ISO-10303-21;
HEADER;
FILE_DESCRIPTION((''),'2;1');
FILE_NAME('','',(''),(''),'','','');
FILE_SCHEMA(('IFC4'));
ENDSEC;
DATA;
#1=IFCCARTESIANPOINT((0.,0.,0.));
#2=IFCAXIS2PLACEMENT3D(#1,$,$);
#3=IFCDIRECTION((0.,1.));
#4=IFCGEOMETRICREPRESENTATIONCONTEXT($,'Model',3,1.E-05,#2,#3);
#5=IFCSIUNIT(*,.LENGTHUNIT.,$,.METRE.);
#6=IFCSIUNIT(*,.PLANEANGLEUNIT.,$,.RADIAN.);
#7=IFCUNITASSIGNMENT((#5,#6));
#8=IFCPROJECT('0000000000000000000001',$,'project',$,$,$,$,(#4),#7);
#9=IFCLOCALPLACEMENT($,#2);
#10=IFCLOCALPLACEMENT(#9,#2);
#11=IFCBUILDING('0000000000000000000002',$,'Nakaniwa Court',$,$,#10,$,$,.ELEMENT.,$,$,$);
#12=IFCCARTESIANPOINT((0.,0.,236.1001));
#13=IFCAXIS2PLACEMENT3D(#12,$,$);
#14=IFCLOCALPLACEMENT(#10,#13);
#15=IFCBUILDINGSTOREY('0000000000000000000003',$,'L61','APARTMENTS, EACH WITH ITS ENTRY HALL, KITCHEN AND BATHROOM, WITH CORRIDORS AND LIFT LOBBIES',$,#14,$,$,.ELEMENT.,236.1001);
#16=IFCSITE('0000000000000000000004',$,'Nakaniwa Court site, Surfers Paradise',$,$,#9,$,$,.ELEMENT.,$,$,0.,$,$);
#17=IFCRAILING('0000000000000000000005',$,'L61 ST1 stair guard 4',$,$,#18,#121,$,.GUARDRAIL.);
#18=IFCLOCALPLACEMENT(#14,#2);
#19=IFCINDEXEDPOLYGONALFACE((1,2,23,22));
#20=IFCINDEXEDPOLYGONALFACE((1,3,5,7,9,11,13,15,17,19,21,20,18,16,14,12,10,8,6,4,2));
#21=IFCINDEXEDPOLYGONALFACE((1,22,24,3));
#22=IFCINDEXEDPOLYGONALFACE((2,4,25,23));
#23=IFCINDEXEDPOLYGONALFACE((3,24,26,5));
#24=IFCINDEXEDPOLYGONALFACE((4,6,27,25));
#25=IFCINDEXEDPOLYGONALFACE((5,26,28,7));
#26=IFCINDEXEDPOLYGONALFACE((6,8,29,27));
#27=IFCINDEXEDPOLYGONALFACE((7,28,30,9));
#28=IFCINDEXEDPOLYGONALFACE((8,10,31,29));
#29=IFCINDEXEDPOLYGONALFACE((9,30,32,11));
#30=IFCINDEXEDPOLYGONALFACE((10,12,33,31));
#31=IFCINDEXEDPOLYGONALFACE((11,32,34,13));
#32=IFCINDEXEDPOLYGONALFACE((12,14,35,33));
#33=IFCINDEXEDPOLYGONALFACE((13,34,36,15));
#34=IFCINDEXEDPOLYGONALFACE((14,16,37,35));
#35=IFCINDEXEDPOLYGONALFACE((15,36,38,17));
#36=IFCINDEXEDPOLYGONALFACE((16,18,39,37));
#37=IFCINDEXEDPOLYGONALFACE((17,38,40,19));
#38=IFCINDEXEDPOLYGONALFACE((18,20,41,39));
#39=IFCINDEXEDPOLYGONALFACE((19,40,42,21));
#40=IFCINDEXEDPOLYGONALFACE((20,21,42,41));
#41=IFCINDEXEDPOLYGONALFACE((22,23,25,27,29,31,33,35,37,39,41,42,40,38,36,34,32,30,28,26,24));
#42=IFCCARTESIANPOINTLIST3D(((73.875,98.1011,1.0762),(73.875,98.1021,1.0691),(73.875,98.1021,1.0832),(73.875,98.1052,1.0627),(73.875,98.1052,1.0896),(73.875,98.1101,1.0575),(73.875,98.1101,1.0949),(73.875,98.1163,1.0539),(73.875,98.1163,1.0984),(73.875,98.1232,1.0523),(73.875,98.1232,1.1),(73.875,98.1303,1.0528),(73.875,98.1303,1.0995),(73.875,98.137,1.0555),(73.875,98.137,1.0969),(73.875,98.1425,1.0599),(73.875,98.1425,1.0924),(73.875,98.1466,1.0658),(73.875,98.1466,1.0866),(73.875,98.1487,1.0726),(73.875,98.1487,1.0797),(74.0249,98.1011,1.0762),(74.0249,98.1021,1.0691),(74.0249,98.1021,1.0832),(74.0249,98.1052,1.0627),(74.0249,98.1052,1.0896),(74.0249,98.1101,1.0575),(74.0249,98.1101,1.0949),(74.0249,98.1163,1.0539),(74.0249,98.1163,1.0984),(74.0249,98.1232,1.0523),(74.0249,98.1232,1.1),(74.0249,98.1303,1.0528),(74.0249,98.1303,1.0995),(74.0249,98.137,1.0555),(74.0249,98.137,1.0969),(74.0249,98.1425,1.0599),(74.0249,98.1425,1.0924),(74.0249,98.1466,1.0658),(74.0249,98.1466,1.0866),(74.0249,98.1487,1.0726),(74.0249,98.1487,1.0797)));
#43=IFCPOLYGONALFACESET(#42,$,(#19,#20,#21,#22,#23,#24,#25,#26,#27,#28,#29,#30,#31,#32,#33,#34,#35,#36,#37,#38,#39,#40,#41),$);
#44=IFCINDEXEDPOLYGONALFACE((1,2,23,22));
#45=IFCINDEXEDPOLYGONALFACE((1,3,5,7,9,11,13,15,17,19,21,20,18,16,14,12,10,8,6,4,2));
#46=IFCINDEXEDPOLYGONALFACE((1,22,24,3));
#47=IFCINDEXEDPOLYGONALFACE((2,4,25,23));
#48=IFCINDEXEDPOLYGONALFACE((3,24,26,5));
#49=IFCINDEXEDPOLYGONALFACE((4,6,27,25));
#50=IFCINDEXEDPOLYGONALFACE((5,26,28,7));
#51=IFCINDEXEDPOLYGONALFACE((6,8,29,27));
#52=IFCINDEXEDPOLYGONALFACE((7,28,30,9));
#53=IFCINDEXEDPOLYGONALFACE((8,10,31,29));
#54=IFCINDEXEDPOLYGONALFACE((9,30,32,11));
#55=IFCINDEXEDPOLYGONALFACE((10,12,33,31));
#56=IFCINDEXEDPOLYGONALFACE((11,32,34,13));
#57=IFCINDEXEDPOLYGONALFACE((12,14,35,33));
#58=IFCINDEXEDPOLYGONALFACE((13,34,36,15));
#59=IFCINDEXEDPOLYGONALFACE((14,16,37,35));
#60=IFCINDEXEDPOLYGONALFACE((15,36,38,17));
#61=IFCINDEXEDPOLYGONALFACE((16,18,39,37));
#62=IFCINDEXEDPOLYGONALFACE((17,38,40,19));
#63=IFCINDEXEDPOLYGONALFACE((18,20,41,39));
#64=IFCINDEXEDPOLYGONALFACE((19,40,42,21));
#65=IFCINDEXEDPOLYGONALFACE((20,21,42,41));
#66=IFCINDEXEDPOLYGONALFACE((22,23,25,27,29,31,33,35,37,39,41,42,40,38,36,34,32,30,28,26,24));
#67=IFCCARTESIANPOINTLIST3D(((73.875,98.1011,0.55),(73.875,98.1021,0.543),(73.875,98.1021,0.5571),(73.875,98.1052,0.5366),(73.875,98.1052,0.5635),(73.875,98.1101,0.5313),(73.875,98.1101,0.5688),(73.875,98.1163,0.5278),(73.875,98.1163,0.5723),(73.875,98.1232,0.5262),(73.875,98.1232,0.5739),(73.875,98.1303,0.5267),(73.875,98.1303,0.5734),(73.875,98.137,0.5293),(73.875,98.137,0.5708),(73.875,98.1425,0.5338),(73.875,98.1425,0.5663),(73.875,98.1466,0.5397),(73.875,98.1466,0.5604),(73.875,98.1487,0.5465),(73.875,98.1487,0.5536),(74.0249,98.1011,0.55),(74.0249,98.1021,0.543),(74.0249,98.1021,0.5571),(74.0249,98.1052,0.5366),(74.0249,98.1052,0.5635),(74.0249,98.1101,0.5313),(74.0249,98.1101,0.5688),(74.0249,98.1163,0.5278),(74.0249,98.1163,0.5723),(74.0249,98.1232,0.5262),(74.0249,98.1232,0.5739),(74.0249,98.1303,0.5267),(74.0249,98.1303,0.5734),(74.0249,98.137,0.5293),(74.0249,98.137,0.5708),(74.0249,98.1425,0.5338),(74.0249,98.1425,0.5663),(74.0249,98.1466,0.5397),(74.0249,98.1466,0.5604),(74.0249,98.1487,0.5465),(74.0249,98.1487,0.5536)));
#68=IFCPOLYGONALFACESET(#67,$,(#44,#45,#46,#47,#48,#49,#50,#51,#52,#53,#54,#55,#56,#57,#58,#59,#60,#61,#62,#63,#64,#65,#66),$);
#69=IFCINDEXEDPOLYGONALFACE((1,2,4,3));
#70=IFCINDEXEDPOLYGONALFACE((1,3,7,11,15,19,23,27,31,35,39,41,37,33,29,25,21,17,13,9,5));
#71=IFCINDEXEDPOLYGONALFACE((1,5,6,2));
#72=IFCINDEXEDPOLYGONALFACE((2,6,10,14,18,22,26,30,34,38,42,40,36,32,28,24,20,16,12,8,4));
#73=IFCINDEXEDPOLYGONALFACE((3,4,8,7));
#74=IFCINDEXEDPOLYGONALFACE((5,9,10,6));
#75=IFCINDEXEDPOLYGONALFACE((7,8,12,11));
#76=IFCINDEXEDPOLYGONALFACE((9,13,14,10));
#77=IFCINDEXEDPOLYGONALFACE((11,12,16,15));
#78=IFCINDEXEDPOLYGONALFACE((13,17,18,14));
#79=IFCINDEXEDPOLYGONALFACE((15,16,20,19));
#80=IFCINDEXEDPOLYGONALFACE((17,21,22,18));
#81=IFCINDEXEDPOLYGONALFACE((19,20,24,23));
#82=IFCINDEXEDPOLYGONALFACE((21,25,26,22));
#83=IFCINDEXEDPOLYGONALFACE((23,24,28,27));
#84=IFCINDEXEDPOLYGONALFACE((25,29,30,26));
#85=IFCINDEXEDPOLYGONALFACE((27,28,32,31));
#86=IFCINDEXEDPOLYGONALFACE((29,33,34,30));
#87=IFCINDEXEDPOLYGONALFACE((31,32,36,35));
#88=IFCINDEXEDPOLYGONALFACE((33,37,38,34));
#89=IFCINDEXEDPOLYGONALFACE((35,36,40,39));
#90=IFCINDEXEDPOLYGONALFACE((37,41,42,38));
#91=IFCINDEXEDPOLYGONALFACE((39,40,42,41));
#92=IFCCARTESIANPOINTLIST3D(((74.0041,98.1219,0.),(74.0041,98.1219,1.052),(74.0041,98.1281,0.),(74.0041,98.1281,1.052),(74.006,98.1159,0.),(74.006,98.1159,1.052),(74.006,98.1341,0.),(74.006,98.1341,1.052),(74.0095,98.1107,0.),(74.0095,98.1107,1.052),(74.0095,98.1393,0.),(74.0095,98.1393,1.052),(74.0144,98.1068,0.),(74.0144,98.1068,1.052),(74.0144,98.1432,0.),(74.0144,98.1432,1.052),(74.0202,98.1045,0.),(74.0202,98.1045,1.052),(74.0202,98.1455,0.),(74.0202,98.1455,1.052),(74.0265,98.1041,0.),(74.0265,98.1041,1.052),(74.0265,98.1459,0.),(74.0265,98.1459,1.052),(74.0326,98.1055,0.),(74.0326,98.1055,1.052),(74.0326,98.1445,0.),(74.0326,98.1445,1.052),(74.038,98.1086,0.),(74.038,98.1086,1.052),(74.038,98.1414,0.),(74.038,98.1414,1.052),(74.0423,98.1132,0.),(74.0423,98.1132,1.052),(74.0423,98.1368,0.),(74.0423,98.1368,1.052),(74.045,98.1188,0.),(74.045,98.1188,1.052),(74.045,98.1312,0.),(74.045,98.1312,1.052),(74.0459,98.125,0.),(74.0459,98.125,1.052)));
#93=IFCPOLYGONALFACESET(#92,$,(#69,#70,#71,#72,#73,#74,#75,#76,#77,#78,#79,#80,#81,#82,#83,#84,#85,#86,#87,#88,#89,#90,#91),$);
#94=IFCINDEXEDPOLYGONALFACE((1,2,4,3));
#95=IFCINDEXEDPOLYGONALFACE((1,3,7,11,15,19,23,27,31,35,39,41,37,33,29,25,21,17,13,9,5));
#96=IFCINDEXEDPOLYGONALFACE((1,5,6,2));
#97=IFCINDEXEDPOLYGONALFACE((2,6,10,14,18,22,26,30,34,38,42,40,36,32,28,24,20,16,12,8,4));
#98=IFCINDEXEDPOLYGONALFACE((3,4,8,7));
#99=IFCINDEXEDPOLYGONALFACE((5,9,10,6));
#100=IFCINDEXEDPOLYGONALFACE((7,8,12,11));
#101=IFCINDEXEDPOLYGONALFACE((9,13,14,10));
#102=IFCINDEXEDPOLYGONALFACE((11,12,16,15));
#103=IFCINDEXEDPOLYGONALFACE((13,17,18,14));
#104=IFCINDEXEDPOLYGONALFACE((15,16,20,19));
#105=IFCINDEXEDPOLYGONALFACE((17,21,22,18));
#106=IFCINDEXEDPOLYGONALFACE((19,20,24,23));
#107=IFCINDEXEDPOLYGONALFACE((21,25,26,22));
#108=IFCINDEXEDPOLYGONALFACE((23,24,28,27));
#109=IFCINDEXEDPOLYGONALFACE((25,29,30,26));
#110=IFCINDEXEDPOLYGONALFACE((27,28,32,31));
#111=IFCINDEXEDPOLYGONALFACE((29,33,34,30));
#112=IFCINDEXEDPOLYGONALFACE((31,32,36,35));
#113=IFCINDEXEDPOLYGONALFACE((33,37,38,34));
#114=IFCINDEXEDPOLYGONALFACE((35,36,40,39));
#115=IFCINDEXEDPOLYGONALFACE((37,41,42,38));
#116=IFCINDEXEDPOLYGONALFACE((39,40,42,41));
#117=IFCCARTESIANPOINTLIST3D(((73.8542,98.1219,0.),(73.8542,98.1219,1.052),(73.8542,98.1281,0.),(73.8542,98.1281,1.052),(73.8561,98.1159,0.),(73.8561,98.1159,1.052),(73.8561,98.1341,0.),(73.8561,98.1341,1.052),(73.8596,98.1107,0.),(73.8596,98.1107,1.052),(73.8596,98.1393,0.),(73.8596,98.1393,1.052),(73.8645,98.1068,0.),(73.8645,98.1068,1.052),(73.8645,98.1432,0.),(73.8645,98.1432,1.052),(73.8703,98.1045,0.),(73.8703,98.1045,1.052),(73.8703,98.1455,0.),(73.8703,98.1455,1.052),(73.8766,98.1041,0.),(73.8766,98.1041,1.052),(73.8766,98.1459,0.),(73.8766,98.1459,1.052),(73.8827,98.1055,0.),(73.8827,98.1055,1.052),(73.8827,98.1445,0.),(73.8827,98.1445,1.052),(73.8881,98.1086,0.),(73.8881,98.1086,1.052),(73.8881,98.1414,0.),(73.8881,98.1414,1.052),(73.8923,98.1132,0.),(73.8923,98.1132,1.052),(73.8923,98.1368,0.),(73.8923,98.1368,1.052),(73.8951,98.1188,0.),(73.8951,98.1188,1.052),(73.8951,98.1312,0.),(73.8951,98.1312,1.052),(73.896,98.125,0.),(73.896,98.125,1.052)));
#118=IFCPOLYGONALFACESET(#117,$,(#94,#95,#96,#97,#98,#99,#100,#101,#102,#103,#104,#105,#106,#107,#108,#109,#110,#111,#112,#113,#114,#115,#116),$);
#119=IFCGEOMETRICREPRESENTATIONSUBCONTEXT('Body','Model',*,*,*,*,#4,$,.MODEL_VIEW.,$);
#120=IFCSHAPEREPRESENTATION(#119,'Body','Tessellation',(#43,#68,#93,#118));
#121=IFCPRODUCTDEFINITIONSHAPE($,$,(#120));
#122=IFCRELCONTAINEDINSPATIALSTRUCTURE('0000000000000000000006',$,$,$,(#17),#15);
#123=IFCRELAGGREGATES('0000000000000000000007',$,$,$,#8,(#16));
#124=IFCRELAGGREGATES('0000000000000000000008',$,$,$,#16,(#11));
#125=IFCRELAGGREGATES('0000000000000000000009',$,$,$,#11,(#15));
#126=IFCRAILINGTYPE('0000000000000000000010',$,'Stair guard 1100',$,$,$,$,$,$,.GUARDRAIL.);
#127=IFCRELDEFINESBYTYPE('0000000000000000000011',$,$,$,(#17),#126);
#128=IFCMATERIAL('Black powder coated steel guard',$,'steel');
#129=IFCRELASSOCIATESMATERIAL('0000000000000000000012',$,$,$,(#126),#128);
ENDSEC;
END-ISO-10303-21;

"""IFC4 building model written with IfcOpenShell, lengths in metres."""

from ifc_helpers import new_model, si_unit, direction, frame, origin, origin_2d, place, context, subcontext, project, spatial, circle, extrude, material, type_object, element, save


model = new_model("IFC4")

# Units and contexts
model_context = context("Model", 3, precision=1e-05, world=origin(), true_north=direction((0.0, 1.0)))
body_context = subcontext(model_context, "Body", "Model", "MODEL_VIEW")
ifc_project = project(units=[si_unit("LENGTHUNIT", "METRE"), si_unit("PLANEANGLEUNIT", "RADIAN")], contexts=[model_context])

# Site, building, storey
site_placement = place(None, origin())
site = spatial("IfcSite", under=ifc_project, at=site_placement, Name="Nakaniwa Court site, Surfers Paradise", CompositionType="ELEMENT", RefElevation=0.0)
building_placement = place(site_placement, origin())
building = spatial("IfcBuilding", under=site, at=building_placement, Name="Nakaniwa Court", CompositionType="ELEMENT")
storey_placement = place(building_placement, frame((0.0, 0.0, 236.1001)))
storey = spatial("IfcBuildingStorey", under=building, at=storey_placement, Name="L61", Description="APARTMENTS, EACH WITH ITS ENTRY HALL, KITCHEN AND BATHROOM, WITH CORRIDORS AND LIFT LOBBIES", CompositionType="ELEMENT", Elevation=236.1001)

# Railing
ifc_material_1 = material(Name="Black powder coated steel guard", Category="steel")
railing_type_1 = type_object("IfcRailingType", Name="Stair guard 1100", PredefinedType="GUARDRAIL", material=ifc_material_1)
railing_1_placement = place(storey_placement, frame((74.0249, 98.125, 0.0)))
element("IfcRailing", 1, at=railing_1_placement, inside=storey, type_object=railing_type_1, Name="L61 ST1 stair guard 4", PredefinedType="GUARDRAIL", context=body_context, shape_type="SweptSolid", body=[
    extrude(circle(Radius=0.0239, at=origin_2d()), frame((0.0, 0.0, 1.0762), z_axis=(-1.0, 0.0, 0.0), x_axis=(0.0, -1.0, 0.0)), (0.0, 0.0, 1.0), 0.1499),
    extrude(circle(Radius=0.0239, at=origin_2d()), frame((0.0, 0.0, 0.55), z_axis=(-1.0, 0.0, 0.0), x_axis=(0.0, -1.0, 0.0)), (0.0, 0.0, 1.0), 0.1499),
    extrude(circle(Radius=0.021, at=origin_2d()), origin(), (0.0, 0.0, 1.0), 1.052),
    extrude(circle(Radius=0.021, at=origin_2d()), frame((-0.1499, 0.0, 0.0)), (0.0, 0.0, 1.0), 1.052),
])

save(model, "model.ifc")
